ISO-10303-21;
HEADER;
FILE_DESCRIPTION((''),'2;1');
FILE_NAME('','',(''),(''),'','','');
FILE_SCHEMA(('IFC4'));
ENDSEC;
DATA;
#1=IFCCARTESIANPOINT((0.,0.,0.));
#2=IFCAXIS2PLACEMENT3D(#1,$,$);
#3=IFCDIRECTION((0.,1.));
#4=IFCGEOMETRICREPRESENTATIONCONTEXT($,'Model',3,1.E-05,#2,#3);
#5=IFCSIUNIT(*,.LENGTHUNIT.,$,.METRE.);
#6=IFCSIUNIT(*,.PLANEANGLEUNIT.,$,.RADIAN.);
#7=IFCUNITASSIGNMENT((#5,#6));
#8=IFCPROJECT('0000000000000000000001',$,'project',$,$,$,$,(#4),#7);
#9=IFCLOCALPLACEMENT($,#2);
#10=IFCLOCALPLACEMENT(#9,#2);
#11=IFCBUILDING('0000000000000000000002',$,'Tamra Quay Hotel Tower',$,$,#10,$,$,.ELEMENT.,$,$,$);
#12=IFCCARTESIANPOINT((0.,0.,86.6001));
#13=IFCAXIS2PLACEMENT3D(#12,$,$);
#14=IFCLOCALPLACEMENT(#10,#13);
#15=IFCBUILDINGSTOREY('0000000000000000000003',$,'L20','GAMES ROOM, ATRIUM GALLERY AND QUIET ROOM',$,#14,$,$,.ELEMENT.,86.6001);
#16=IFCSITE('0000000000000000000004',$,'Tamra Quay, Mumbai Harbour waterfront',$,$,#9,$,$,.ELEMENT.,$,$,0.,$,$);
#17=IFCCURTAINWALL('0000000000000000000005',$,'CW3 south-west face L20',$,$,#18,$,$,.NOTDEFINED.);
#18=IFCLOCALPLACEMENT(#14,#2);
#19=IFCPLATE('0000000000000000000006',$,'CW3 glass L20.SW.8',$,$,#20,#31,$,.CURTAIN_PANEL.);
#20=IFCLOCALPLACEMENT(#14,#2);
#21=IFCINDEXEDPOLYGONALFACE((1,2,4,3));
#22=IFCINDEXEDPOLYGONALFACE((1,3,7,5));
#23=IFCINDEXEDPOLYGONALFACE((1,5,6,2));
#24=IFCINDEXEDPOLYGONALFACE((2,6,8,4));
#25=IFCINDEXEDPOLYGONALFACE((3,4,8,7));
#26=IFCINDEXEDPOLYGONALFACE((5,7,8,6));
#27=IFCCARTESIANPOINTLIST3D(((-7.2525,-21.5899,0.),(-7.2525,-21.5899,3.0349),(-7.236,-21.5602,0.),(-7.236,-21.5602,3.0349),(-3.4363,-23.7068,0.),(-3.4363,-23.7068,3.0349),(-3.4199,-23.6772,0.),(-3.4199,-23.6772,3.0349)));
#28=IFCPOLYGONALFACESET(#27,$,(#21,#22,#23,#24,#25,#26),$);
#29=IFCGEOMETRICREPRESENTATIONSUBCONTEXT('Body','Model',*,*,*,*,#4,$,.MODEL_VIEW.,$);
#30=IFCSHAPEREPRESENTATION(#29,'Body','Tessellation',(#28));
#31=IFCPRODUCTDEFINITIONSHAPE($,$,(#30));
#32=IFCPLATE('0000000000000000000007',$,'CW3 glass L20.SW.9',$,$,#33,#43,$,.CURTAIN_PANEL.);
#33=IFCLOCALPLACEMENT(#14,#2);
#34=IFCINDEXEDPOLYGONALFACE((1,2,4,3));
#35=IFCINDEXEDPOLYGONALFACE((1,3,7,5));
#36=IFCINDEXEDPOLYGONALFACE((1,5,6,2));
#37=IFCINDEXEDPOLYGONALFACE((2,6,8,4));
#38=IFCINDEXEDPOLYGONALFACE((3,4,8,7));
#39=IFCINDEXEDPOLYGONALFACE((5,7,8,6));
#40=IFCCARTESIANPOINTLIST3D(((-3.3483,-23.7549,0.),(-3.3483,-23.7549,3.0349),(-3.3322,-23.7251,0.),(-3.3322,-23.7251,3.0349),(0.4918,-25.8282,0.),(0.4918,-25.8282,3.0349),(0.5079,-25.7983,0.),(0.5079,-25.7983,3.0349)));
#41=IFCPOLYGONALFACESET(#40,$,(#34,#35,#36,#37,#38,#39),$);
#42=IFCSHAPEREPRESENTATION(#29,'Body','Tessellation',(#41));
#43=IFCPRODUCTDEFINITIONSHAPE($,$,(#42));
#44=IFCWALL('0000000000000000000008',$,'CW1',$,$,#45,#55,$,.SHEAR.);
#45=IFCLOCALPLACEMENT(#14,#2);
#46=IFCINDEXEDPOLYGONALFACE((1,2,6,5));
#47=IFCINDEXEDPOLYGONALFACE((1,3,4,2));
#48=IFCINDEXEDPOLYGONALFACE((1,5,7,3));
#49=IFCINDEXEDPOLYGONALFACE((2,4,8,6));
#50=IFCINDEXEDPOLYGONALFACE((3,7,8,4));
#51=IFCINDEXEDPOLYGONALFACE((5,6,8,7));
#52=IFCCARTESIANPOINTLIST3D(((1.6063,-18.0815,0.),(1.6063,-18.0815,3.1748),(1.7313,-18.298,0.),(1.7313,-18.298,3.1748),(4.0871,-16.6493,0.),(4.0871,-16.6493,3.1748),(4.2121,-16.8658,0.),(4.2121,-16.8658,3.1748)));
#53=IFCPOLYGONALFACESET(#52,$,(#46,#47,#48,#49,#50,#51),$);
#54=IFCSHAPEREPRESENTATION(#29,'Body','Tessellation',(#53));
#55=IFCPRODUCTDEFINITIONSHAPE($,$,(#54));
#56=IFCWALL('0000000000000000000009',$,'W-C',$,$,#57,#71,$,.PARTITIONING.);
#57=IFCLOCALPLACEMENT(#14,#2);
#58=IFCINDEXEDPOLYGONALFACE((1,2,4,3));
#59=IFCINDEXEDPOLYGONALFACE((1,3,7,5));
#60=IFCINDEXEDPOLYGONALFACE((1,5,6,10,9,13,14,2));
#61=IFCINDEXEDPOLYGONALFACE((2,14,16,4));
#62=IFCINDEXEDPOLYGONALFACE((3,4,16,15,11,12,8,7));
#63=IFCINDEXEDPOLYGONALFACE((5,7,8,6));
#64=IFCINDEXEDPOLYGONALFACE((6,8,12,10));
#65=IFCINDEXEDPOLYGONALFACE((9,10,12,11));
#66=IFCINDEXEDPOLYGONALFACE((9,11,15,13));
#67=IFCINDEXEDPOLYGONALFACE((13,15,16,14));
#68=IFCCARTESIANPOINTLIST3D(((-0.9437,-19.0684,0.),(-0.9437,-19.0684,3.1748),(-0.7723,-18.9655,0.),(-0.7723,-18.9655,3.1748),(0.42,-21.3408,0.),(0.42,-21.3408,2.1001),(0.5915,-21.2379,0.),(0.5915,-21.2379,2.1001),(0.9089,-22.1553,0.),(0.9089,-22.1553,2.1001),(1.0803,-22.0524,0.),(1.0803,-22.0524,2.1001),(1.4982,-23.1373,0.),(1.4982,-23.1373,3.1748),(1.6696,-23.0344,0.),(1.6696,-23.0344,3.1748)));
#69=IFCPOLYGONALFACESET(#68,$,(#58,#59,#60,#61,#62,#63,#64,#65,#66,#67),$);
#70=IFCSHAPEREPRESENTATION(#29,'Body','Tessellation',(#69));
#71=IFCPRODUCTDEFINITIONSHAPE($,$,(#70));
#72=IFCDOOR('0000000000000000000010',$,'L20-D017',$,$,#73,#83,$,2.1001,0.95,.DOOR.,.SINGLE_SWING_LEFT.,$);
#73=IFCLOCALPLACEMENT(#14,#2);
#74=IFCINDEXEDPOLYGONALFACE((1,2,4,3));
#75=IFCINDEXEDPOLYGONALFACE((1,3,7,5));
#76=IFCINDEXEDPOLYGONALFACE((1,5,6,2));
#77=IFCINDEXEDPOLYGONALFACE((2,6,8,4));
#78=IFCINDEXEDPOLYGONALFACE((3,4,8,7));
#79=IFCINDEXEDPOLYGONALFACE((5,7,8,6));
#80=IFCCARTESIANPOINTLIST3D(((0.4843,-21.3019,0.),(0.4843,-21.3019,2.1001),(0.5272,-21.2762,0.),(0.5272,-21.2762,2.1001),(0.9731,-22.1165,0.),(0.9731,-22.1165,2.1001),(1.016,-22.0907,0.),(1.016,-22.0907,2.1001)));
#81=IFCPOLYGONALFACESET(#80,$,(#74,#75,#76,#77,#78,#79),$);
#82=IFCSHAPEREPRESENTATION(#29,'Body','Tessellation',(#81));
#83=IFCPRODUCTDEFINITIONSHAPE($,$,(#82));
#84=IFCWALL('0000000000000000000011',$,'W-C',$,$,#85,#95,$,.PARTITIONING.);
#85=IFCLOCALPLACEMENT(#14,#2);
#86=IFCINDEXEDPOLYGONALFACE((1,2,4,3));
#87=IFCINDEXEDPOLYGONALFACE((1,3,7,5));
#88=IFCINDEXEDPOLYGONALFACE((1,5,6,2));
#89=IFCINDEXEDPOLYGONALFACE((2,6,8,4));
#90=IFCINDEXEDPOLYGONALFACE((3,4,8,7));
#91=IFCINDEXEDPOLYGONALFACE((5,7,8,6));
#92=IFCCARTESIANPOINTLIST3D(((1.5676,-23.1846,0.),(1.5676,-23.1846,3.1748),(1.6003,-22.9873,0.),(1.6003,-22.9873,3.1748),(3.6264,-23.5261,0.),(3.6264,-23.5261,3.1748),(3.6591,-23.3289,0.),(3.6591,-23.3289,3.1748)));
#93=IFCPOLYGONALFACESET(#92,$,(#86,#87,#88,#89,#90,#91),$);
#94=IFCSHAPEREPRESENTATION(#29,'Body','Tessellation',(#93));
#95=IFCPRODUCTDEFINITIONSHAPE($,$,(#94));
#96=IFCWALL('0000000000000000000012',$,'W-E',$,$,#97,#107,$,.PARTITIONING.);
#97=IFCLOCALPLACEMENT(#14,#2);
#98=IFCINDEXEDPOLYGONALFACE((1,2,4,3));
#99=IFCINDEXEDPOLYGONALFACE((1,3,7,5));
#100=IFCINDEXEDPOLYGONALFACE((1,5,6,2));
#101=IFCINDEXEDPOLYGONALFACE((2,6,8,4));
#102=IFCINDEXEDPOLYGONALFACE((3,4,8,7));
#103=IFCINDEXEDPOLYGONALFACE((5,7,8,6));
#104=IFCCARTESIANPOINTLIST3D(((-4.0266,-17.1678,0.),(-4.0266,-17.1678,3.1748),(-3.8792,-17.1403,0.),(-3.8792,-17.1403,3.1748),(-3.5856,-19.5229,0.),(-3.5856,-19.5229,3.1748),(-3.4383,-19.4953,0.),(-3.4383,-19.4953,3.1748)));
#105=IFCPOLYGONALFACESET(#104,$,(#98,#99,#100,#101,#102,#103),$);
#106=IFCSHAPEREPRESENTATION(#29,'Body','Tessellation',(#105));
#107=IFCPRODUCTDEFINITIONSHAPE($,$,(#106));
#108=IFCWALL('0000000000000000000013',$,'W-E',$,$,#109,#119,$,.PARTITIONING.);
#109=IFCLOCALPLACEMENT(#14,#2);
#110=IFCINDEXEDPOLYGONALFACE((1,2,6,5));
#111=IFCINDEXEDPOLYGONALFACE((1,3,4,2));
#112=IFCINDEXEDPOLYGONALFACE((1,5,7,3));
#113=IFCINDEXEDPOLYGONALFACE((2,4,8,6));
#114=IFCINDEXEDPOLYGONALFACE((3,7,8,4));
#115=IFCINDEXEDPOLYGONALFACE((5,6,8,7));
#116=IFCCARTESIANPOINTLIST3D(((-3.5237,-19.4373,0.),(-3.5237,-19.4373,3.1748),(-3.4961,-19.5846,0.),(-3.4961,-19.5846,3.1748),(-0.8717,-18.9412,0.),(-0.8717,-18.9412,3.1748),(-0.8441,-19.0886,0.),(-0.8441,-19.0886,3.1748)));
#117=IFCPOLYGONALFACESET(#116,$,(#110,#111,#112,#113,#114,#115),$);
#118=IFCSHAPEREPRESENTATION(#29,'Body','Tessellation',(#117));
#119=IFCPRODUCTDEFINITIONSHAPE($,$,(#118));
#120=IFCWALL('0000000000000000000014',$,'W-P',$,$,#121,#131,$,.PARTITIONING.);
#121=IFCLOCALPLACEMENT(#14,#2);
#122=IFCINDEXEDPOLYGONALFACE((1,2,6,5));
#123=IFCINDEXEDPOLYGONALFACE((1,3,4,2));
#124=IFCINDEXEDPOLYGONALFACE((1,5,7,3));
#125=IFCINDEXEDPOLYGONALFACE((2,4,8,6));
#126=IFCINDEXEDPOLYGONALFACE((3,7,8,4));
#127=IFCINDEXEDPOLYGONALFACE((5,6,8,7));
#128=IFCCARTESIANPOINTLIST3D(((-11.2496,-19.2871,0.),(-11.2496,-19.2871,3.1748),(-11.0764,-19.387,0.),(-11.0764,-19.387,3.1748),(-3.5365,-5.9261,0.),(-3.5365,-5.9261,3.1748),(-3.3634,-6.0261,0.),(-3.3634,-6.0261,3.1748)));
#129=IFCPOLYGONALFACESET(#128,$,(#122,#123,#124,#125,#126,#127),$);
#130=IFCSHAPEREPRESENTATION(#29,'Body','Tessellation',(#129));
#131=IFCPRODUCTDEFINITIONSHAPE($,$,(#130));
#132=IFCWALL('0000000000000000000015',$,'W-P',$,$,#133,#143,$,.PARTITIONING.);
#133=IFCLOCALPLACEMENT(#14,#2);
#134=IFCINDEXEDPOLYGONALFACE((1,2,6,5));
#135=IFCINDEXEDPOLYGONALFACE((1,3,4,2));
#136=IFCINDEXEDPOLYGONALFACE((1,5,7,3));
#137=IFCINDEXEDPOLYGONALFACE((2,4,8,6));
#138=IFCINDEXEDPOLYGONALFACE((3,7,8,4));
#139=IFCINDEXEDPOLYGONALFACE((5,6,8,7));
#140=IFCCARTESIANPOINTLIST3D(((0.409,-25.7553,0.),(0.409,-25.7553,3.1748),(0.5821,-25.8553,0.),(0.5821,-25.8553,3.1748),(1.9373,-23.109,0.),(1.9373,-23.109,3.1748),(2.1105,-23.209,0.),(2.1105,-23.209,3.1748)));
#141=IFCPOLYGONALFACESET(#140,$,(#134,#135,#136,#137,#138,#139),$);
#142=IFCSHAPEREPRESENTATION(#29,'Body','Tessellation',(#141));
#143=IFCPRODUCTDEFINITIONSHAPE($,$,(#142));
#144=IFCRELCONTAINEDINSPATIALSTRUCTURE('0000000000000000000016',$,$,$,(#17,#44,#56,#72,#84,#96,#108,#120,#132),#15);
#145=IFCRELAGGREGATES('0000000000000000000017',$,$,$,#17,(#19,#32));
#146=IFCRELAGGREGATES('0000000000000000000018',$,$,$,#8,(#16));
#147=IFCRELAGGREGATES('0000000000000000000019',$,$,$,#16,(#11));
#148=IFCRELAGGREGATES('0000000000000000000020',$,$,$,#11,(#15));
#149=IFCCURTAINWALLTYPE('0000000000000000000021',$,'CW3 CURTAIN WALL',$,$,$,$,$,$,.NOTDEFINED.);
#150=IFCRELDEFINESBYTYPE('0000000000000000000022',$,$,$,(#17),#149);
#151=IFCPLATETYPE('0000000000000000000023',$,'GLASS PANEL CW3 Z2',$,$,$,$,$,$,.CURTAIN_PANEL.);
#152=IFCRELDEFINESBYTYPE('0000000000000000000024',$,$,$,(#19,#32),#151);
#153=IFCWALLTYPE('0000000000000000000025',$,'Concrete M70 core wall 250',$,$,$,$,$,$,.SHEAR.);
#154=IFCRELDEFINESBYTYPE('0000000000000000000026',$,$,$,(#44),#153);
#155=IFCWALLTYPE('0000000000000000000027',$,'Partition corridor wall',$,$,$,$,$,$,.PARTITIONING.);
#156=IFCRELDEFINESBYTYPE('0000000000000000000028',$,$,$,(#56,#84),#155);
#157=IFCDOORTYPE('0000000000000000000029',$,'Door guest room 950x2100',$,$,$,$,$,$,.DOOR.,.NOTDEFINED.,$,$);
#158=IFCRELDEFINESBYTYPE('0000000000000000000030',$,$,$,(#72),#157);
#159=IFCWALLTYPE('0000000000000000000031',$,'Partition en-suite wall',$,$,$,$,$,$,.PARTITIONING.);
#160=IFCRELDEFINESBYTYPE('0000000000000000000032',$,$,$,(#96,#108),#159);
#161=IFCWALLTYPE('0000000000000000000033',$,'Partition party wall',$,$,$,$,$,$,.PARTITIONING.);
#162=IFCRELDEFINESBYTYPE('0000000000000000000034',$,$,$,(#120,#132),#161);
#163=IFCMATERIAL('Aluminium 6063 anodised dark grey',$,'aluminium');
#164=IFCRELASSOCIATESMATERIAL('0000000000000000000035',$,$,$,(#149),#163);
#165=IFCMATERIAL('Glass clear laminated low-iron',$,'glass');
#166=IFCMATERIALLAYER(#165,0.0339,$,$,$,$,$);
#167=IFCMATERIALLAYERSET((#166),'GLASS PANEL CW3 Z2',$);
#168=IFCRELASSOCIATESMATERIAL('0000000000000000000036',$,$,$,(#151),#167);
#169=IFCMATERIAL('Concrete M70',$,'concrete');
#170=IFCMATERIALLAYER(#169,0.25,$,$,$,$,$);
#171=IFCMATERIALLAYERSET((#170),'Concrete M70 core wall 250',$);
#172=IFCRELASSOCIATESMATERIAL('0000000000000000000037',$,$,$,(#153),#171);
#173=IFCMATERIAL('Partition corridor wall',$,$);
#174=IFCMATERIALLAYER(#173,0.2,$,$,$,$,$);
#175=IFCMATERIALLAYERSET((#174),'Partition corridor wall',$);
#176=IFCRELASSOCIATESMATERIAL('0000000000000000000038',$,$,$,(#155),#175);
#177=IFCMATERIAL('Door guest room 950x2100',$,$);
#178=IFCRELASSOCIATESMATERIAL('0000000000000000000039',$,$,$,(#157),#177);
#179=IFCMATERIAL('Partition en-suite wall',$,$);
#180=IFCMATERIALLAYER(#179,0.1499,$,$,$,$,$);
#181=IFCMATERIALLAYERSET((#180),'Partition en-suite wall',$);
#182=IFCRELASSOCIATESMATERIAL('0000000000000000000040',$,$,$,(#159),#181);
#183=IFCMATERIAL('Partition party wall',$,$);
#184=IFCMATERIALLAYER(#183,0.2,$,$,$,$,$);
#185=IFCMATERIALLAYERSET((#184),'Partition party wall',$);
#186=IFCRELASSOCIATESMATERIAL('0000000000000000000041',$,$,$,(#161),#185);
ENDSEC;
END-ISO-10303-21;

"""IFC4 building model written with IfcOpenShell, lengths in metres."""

from ifc_helpers import new_model, si_unit, direction, frame, frame_2d, origin, origin_2d, place, context, subcontext, project, spatial, rectangle, extrude, material, layer, layer_set, type_object, element, fill, aggregate, save


model = new_model("IFC4")

# Units and contexts
model_context = context("Model", 3, precision=1e-05, world=origin(), true_north=direction((0.0, 1.0)))
body_context = subcontext(model_context, "Body", "Model", "MODEL_VIEW")
ifc_project = project(units=[si_unit("LENGTHUNIT", "METRE"), si_unit("PLANEANGLEUNIT", "RADIAN")], contexts=[model_context])

# Site, building, storey
site_placement = place(None, origin())
site = spatial("IfcSite", under=ifc_project, at=site_placement, Name="Tamra Quay, Mumbai Harbour waterfront", CompositionType="ELEMENT", RefElevation=0.0)
building_placement = place(site_placement, origin())
building = spatial("IfcBuilding", under=site, at=building_placement, Name="Tamra Quay Hotel Tower", CompositionType="ELEMENT")
storey_placement = place(building_placement, frame((0.0, 0.0, 86.6001)))
storey = spatial("IfcBuildingStorey", under=building, at=storey_placement, Name="L20", Description="GAMES ROOM, ATRIUM GALLERY AND QUIET ROOM", CompositionType="ELEMENT", Elevation=86.6001)

# Shared definitions
ifc_material_1 = material(Name="Concrete M70", Category="concrete")

# Curtain wall
ifc_material_2 = material(Name="Aluminium 6063 anodised dark grey", Category="aluminium")
curtain_wall_type = type_object("IfcCurtainWallType", Name="CW3 CURTAIN WALL", PredefinedType="NOTDEFINED", material=ifc_material_2)
curtain_wall_placement = place(storey_placement, origin())
curtain_wall = element("IfcCurtainWall", 1, at=curtain_wall_placement, inside=storey, type_object=curtain_wall_type, Name="CW3 south-west face L20", PredefinedType="NOTDEFINED")

# Plates
ifc_material_3 = material(Name="Glass clear laminated low-iron", Category="glass")
ifc_layer_1 = layer(ifc_material_3, 0.0339)
ifc_layer_set_1 = layer_set([ifc_layer_1], Name="GLASS PANEL CW3 Z2")
plate_type = type_object("IfcPlateType", Name="GLASS PANEL CW3 Z2", PredefinedType="CURTAIN_PANEL", material=ifc_layer_set_1)
plate_1_placement = place(storey_placement, frame((-5.3362, -22.6335, 0.0), z_axis=(0.0, 0.0, 1.0), x_axis=(0.874465, -0.485088, 0.0)))
plate_1 = element("IfcPlate", 2, at=plate_1_placement, type_object=plate_type, Name="CW3 glass L20.SW.8", PredefinedType="CURTAIN_PANEL", context=body_context, shape_type="SweptSolid", body=[
    extrude(rectangle(XDim=4.364, YDim=0.0339, at=origin_2d()), origin(), (0.0, 0.0, 1.0), 3.0349),
])
plate_2_placement = place(storey_placement, frame((-1.4202, -24.7766, 0.0), z_axis=(0.0, 0.0, 1.0), x_axis=(0.879946, -0.475074, 0.0)))
plate_2 = element("IfcPlate", 3, at=plate_2_placement, type_object=plate_type, Name="CW3 glass L20.SW.9", PredefinedType="CURTAIN_PANEL", context=body_context, shape_type="SweptSolid", body=[
    extrude(rectangle(XDim=4.364, YDim=0.0339, at=origin_2d()), origin(), (0.0, 0.0, 1.0), 3.0349),
])
aggregate(curtain_wall, [plate_1, plate_2])

# Wall
ifc_layer_2 = layer(ifc_material_1, 0.25)
ifc_layer_set_2 = layer_set([ifc_layer_2], Name="Concrete M70 core wall 250")
wall_type_1 = type_object("IfcWallType", Name="Concrete M70 core wall 250", PredefinedType="SHEAR", material=ifc_layer_set_2)
wall_1_placement = place(storey_placement, frame((1.6689, -18.1897, 0.0), z_axis=(0.0, 0.0, 1.0), x_axis=(0.866042, 0.499971, 0.0)))
element("IfcWall", 4, at=wall_1_placement, inside=storey, type_object=wall_type_1, Name="CW1", PredefinedType="SHEAR", context=body_context, shape_type="SweptSolid", body=[
    extrude(rectangle(XDim=2.8645, YDim=0.25, at=frame_2d((1.4321, 0.0))), origin(), (0.0, 0.0, 1.0), 3.1748),
])

# Wall, opening, door
ifc_material_4 = material(Name="Partition corridor wall")
ifc_layer_3 = layer(ifc_material_4, 0.2)
ifc_layer_set_3 = layer_set([ifc_layer_3], Name="Partition corridor wall")
wall_type_2 = type_object("IfcWallType", Name="Partition corridor wall", PredefinedType="PARTITIONING", material=ifc_layer_set_3)
wall_2_placement = place(storey_placement, frame((-0.8579, -19.0171, 0.0), z_axis=(0.0, 0.0, 1.0), x_axis=(0.514587, -0.857438, 0.0)))
wall_2 = element("IfcWall", 5, at=wall_2_placement, inside=storey, type_object=wall_type_2, Name="W-C", PredefinedType="PARTITIONING", context=body_context, shape_type="SweptSolid", body=[
    extrude(rectangle(XDim=4.7454, YDim=0.2, at=frame_2d((2.3726, 0.0))), origin(), (0.0, 0.0, 1.0), 3.1748),
])
opening_placement = place(wall_2_placement, frame((2.6499, 0.0, 0.0)))
opening = element("IfcOpeningElement", 6, at=opening_placement, cuts=wall_2, PredefinedType="OPENING", context=body_context, shape_type="SweptSolid", body=[
    extrude(rectangle(XDim=0.95, YDim=2.1001, at=frame_2d((0.4751, 1.05))), frame((0.0, 0.1099, 0.0), z_axis=(0.0, -1.0, 0.0), x_axis=(1.0, 0.0, 0.0)), (0.0, 0.0, 1.0), 0.22),
])
ifc_material_5 = material(Name="Door guest room 950x2100")
door_type = type_object("IfcDoorType", Name="Door guest room 950x2100", OperationType="NOTDEFINED", PredefinedType="DOOR", material=ifc_material_5)
door_placement = place(opening_placement, frame((0.95, 0.0, 0.0), z_axis=(0.0, 0.0, 1.0), x_axis=(-1.0, 0.0, 0.0)))
door = element("IfcDoor", 7, at=door_placement, inside=storey, type_object=door_type, Name="L20-D017", OperationType="SINGLE_SWING_LEFT", OverallHeight=2.1001, OverallWidth=0.95, PredefinedType="DOOR", context=body_context, shape_type="SweptSolid", body=[
    extrude(rectangle(XDim=0.95, YDim=2.1001, at=frame_2d((0.4751, 1.05))), frame((0.0, 0.0249, 0.0), z_axis=(0.0, -1.0, 0.0), x_axis=(1.0, 0.0, 0.0)), (0.0, 0.0, 1.0), 0.05),
])
fill(opening, door)

# Walls
wall_3_placement = place(storey_placement, frame((1.584, -23.0859, 0.0), z_axis=(0.0, 0.0, 1.0), x_axis=(0.986517, -0.163659, 0.0)))
element("IfcWall", 8, at=wall_3_placement, inside=storey, type_object=wall_type_2, Name="W-C", PredefinedType="PARTITIONING", context=body_context, shape_type="SweptSolid", body=[
    extrude(rectangle(XDim=2.0869, YDim=0.2, at=frame_2d((1.0435, 0.0))), origin(), (0.0, 0.0, 1.0), 3.1748),
])
ifc_material_6 = material(Name="Partition en-suite wall")
ifc_layer_4 = layer(ifc_material_6, 0.1499)
ifc_layer_set_4 = layer_set([ifc_layer_4], Name="Partition en-suite wall")
wall_type_3 = type_object("IfcWallType", Name="Partition en-suite wall", PredefinedType="PARTITIONING", material=ifc_layer_set_4)
wall_4_placement = place(storey_placement, frame((-3.9529, -17.1541, 0.0), z_axis=(0.0, 0.0, 1.0), x_axis=(0.18403, -0.982921, 0.0)))
element("IfcWall", 9, at=wall_4_placement, inside=storey, type_object=wall_type_3, Name="W-E", PredefinedType="PARTITIONING", context=body_context, shape_type="SweptSolid", body=[
    extrude(rectangle(XDim=2.396, YDim=0.1499, at=frame_2d((1.198, 0.0))), origin(), (0.0, 0.0, 1.0), 3.1748),
])
wall_5_placement = place(storey_placement, frame((-3.51, -19.511, 0.0), z_axis=(0.0, 0.0, 1.0), x_axis=(0.982951, 0.183868, 0.0)))
element("IfcWall", 10, at=wall_5_placement, inside=storey, type_object=wall_type_3, Name="W-E", PredefinedType="PARTITIONING", context=body_context, shape_type="SweptSolid", body=[
    extrude(rectangle(XDim=2.698, YDim=0.1499, at=frame_2d((1.3491, 0.0))), origin(), (0.0, 0.0, 1.0), 3.1748),
])
ifc_material_7 = material(Name="Partition party wall")
ifc_layer_5 = layer(ifc_material_7, 0.2)
ifc_layer_set_5 = layer_set([ifc_layer_5], Name="Partition party wall")
wall_type_4 = type_object("IfcWallType", Name="Partition party wall", PredefinedType="PARTITIONING", material=ifc_layer_set_5)
wall_6_placement = place(storey_placement, frame((-11.1631, -19.3372, 0.0), z_axis=(0.0, 0.0, 1.0), x_axis=(0.499957, 0.86605, 0.0)))
element("IfcWall", 11, at=wall_6_placement, inside=storey, type_object=wall_type_4, Name="W-P", PredefinedType="PARTITIONING", context=body_context, shape_type="SweptSolid", body=[
    extrude(rectangle(XDim=15.4275, YDim=0.2, at=frame_2d((7.7139, 0.0))), origin(), (0.0, 0.0, 1.0), 3.1748),
])
wall_7_placement = place(storey_placement, frame((0.4956, -25.8052, 0.0), z_axis=(0.0, 0.0, 1.0), x_axis=(0.500126, 0.865953, 0.0)))
element("IfcWall", 12, at=wall_7_placement, inside=storey, type_object=wall_type_4, Name="W-P", PredefinedType="PARTITIONING", context=body_context, shape_type="SweptSolid", body=[
    extrude(rectangle(XDim=3.0559, YDim=0.2, at=frame_2d((1.5278, 0.0))), origin(), (0.0, 0.0, 1.0), 3.1748),
])

save(model, "model.ifc")
